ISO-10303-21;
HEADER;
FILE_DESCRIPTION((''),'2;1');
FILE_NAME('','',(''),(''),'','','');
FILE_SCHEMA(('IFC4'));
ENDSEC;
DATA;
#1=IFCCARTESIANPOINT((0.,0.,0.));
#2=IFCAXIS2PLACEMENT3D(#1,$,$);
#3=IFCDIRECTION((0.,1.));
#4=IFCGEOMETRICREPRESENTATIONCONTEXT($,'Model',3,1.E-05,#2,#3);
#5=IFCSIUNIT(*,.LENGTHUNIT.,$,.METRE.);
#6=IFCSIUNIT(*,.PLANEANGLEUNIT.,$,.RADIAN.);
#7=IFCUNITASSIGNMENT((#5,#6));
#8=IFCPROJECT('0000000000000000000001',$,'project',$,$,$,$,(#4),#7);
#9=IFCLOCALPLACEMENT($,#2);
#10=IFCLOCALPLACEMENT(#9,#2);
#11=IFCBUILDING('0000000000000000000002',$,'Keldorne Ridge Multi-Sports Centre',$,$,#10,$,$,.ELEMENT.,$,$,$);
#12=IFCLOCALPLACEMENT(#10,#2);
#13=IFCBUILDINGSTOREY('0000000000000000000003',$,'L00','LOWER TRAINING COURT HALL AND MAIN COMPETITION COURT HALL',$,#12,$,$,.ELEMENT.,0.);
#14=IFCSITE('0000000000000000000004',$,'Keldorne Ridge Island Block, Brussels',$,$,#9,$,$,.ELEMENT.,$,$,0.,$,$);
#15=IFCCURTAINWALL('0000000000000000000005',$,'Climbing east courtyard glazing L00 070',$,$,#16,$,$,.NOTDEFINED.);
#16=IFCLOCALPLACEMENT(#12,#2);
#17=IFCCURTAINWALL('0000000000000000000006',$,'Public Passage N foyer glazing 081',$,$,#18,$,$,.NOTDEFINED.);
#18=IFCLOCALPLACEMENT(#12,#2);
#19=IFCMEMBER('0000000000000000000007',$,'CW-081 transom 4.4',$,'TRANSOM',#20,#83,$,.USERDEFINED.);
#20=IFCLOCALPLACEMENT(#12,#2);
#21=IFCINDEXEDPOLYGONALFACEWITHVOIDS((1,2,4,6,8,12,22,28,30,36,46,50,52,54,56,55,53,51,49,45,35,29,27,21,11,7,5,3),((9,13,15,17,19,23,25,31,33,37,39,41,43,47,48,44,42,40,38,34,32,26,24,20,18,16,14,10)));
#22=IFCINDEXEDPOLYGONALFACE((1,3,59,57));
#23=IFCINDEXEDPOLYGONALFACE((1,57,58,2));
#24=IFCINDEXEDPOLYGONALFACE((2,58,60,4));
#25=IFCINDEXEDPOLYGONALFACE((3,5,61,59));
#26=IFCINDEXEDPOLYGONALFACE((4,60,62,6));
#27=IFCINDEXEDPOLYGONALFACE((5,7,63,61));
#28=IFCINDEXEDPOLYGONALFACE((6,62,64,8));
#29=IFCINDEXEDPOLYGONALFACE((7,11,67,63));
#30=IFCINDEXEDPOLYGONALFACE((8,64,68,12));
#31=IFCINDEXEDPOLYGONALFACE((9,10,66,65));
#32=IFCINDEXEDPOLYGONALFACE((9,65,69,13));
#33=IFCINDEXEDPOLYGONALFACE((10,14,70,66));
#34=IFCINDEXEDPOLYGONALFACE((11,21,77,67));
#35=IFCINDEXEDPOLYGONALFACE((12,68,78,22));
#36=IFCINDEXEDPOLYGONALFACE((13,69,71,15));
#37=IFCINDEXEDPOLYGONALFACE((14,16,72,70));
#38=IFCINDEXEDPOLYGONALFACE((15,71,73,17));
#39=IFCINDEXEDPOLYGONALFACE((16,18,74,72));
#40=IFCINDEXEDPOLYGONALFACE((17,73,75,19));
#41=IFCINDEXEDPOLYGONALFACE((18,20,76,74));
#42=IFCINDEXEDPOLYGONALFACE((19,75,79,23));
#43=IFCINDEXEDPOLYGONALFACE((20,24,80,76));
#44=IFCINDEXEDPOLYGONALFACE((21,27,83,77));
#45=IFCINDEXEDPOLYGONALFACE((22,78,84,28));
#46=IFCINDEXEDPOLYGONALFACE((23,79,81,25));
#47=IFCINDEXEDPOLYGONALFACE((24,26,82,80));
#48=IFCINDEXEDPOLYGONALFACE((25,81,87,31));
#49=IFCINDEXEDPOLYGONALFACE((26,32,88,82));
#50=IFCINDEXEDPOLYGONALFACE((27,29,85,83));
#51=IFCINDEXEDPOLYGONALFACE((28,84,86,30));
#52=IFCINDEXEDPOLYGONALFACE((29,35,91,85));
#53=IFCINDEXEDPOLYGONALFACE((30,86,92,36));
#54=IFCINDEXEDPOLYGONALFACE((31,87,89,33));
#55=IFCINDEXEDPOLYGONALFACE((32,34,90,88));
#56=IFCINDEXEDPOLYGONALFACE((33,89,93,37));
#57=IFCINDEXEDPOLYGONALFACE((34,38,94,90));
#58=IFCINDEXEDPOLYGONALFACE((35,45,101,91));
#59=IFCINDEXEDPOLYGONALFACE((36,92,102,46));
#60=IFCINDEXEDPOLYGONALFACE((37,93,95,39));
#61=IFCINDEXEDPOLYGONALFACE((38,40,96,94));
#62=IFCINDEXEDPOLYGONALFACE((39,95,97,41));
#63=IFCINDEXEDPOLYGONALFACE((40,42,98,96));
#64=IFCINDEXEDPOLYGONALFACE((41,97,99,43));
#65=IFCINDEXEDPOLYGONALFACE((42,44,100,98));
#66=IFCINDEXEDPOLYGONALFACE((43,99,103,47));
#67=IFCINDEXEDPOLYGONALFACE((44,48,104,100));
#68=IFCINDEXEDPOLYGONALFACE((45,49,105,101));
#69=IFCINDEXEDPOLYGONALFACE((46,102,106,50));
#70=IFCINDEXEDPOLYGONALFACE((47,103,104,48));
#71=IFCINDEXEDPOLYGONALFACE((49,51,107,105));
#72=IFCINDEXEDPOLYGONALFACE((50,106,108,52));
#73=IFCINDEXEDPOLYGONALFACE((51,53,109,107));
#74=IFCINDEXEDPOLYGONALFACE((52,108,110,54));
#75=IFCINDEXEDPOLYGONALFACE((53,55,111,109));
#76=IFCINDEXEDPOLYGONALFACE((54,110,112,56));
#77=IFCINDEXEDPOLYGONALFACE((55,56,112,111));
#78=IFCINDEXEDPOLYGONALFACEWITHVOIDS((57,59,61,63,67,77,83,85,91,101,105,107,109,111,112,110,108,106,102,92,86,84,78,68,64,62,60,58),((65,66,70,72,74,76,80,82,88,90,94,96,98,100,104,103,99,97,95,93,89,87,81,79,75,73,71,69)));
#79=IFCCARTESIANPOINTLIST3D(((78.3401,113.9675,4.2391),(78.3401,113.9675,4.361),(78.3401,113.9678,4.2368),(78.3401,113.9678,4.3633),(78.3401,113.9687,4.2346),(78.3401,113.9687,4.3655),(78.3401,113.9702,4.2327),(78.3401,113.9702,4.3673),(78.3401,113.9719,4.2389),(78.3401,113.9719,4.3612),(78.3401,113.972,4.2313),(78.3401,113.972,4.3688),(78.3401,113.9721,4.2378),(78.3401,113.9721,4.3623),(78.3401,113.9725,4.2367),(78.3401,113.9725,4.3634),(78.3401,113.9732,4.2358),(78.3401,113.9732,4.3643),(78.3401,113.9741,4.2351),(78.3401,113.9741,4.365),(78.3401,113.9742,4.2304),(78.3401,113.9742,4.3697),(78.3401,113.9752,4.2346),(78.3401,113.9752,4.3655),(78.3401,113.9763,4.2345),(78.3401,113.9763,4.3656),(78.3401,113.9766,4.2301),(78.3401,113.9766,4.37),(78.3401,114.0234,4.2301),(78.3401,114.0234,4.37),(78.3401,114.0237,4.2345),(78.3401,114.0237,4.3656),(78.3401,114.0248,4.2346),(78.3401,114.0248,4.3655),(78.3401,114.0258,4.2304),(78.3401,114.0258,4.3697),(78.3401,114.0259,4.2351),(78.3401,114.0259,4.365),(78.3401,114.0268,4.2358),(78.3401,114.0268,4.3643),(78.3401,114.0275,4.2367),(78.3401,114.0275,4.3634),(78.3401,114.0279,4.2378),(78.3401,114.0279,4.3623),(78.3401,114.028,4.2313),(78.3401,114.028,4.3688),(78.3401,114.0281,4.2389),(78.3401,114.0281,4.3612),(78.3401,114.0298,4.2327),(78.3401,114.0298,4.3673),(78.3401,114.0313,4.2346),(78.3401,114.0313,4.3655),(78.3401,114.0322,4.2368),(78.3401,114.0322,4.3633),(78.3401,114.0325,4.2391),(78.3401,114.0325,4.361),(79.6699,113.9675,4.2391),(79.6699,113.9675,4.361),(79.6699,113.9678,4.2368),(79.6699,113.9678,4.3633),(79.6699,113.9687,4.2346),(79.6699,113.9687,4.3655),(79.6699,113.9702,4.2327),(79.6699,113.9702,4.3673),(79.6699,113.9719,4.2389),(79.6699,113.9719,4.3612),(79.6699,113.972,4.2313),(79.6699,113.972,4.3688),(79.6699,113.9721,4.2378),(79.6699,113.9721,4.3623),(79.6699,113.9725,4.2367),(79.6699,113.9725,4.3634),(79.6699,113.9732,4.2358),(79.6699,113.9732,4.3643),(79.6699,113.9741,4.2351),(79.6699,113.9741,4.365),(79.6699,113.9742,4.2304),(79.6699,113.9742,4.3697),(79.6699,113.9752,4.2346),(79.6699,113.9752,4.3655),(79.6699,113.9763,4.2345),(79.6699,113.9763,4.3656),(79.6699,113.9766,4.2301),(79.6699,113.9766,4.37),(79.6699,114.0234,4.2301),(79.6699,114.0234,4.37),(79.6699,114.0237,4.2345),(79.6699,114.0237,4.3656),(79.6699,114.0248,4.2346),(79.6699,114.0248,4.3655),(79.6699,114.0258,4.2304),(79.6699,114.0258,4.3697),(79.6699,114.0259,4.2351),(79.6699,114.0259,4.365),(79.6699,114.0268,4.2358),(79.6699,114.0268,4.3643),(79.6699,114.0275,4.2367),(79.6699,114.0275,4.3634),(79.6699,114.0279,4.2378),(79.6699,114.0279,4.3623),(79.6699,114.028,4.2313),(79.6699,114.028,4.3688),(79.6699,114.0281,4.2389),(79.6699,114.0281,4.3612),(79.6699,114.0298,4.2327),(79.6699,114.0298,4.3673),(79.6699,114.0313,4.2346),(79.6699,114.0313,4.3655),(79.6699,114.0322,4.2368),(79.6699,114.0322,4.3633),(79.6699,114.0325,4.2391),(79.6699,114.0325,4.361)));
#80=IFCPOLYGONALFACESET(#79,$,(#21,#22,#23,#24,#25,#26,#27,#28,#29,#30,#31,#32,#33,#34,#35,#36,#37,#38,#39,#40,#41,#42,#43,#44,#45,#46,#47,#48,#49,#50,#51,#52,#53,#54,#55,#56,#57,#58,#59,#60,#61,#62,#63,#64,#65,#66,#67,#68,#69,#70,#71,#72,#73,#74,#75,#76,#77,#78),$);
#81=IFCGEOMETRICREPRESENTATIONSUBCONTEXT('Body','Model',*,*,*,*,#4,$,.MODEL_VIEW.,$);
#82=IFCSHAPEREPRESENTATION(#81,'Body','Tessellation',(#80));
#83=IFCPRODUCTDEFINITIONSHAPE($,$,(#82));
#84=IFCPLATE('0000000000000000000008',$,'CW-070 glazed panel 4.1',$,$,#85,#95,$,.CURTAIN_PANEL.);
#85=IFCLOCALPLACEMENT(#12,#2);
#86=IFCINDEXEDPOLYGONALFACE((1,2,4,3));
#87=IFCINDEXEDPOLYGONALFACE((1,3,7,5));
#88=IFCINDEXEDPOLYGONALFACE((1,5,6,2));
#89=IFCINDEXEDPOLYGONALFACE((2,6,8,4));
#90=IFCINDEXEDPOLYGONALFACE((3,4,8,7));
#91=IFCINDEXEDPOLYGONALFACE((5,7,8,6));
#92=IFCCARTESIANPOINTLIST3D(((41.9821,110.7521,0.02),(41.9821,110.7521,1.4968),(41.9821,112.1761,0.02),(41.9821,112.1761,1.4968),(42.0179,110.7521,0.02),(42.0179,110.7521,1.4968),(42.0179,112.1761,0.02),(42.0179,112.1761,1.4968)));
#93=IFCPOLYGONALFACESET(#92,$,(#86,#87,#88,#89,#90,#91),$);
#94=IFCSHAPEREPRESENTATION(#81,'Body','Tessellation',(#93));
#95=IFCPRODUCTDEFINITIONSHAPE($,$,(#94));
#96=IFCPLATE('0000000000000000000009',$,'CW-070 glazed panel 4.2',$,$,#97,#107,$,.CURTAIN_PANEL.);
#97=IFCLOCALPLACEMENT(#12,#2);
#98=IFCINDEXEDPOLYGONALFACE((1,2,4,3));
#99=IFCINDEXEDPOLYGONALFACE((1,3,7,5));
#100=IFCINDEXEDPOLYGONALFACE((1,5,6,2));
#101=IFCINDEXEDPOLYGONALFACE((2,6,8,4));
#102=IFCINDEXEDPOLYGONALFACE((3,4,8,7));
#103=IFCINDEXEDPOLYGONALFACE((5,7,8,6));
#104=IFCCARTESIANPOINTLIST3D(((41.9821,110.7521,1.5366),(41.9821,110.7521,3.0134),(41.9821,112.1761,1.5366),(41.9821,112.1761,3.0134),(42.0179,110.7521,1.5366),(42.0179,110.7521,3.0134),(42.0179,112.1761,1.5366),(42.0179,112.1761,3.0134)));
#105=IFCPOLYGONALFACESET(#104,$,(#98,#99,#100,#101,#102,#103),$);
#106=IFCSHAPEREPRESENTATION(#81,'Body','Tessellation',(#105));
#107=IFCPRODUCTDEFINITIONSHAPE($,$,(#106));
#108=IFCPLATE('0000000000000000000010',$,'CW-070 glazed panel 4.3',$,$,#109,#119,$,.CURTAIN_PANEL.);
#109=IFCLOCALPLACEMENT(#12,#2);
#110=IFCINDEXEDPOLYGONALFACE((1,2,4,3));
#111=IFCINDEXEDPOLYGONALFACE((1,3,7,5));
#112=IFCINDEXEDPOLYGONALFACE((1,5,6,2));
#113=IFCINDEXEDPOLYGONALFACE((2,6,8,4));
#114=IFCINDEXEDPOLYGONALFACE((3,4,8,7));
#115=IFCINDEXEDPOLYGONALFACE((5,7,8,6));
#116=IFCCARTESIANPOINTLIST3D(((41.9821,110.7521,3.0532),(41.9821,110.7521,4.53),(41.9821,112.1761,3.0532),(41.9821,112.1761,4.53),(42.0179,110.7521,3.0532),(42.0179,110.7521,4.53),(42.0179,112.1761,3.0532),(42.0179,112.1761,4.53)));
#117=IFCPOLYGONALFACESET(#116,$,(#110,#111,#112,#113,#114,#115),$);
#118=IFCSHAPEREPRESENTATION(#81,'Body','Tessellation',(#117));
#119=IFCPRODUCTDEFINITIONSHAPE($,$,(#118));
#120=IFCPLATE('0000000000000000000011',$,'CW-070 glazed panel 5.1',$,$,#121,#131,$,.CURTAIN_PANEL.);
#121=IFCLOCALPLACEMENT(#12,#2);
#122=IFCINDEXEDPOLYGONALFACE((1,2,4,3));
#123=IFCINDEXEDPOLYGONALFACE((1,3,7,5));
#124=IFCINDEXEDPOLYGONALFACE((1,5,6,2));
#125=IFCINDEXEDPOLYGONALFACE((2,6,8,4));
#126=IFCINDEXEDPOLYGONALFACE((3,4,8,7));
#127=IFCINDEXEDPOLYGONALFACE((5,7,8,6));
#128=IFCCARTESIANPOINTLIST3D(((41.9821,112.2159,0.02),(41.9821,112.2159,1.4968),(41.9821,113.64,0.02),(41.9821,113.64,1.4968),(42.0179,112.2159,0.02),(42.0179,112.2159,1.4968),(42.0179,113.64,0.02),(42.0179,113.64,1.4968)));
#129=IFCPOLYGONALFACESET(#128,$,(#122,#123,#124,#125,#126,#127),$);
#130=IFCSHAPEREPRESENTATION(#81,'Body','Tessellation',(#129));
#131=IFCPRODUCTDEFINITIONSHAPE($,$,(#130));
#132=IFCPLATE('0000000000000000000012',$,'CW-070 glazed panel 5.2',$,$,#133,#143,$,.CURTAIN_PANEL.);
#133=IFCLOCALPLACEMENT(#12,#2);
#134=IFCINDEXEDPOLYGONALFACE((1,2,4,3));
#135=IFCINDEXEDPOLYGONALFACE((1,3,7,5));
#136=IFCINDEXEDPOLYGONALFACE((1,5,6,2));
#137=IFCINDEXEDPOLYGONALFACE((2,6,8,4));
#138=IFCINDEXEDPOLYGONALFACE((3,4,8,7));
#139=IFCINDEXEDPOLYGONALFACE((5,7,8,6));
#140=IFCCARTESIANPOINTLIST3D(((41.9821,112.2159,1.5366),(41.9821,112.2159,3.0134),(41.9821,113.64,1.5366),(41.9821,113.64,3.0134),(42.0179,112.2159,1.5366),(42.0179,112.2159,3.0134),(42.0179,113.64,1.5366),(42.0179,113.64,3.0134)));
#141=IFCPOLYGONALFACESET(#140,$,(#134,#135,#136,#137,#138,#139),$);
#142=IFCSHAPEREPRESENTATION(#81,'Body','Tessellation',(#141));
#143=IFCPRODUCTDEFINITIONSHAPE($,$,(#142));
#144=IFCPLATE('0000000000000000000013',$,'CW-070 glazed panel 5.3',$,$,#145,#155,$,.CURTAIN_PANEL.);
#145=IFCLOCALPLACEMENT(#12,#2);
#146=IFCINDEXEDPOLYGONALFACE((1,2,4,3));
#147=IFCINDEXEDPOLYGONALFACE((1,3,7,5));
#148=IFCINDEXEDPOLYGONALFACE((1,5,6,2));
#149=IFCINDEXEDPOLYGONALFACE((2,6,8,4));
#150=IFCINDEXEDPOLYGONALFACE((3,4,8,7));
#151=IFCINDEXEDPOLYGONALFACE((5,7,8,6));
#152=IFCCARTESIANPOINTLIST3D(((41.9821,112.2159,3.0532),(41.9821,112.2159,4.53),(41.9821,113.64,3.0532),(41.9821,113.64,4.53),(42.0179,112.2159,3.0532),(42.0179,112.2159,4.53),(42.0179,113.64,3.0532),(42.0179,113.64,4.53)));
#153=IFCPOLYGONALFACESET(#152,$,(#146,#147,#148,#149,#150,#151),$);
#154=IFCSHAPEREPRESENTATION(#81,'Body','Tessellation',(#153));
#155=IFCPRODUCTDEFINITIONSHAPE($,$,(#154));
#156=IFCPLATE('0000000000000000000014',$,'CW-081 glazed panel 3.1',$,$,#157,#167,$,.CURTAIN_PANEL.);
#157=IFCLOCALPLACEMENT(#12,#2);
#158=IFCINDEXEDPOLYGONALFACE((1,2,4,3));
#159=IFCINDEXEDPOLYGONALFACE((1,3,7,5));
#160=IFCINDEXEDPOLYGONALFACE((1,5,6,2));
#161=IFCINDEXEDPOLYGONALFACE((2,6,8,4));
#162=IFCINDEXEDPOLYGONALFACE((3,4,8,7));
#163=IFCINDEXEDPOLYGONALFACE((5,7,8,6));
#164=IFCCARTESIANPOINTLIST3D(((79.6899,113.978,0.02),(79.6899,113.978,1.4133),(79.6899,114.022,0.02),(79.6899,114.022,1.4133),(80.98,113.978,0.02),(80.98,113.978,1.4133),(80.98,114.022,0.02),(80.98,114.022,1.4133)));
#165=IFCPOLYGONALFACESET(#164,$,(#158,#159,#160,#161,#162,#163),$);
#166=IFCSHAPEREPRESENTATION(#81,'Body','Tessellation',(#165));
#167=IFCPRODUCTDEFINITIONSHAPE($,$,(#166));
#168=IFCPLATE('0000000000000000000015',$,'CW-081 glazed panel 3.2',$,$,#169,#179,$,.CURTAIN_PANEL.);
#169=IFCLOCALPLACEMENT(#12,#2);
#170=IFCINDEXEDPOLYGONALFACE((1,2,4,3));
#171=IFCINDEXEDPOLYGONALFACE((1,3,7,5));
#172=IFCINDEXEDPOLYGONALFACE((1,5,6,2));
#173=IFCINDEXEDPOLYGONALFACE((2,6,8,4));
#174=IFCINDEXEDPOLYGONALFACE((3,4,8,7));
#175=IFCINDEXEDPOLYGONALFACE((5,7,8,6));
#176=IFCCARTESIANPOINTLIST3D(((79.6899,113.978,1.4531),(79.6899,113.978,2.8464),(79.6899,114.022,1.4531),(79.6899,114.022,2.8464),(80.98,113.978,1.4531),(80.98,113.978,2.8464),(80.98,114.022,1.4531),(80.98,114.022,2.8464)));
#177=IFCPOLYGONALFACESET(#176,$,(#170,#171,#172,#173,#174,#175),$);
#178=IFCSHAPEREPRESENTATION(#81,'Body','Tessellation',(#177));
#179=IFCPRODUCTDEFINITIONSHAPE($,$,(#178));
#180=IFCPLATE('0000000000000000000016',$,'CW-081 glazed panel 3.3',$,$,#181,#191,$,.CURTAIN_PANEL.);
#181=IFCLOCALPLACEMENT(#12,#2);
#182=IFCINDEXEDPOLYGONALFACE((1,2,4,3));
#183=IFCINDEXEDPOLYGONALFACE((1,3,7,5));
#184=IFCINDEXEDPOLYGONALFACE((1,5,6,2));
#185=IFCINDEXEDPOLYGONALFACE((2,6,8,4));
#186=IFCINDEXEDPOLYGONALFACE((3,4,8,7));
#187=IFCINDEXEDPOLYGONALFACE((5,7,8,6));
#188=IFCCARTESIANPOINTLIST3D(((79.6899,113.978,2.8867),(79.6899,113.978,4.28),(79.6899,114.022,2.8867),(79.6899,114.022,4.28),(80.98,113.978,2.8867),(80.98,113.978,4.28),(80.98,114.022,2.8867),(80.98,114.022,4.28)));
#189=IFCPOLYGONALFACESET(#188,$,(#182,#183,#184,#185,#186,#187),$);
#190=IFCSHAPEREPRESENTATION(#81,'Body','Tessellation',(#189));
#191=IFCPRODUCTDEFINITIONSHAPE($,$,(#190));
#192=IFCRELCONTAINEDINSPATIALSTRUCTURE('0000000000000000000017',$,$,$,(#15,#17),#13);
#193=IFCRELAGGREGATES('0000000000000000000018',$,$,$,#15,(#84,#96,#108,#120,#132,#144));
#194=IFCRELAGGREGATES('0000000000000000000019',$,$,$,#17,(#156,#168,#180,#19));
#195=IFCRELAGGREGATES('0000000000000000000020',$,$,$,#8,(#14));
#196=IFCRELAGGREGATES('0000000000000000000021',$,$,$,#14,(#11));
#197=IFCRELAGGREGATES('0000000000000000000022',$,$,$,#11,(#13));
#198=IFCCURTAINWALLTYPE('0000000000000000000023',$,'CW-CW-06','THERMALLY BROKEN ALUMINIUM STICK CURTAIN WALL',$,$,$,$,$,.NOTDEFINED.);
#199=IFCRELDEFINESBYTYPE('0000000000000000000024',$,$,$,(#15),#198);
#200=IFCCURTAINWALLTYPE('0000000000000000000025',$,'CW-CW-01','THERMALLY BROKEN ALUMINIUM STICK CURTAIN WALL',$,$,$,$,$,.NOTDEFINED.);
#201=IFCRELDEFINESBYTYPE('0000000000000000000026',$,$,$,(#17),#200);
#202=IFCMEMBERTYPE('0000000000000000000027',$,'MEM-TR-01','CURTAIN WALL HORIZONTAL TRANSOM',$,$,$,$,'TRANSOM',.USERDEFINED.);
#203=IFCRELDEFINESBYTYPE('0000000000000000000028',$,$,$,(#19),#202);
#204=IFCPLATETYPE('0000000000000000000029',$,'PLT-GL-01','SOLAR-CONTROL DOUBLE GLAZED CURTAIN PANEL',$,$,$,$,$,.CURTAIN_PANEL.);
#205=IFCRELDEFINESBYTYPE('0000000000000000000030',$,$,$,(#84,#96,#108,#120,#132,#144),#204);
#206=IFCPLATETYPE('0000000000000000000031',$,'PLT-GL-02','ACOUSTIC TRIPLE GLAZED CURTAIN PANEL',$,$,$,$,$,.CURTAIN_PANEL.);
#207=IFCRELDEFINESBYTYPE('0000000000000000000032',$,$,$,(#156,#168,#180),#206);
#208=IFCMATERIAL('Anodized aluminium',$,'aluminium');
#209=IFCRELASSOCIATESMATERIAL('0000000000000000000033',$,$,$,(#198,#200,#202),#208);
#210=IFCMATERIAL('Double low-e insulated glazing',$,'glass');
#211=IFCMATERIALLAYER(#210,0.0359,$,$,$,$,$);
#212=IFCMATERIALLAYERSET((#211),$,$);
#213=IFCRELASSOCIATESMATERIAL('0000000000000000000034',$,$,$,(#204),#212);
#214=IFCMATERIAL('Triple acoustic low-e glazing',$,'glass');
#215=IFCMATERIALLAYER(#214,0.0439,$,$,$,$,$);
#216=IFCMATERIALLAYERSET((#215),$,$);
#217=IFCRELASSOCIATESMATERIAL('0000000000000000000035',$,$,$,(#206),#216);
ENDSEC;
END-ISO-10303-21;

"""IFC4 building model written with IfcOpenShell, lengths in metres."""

from ifc_helpers import new_model, si_unit, direction, frame, origin, origin_2d, place, context, subcontext, project, spatial, rectangle, hollow_rectangle, extrude, material, layer, layer_set, material_profile, profile_set, type_object, element, aggregate, save


model = new_model("IFC4")

# Units and contexts
model_context = context("Model", 3, precision=1e-05, world=origin(), true_north=direction((0.0, 1.0)))
body_context = subcontext(model_context, "Body", "Model", "MODEL_VIEW")
ifc_project = project(units=[si_unit("LENGTHUNIT", "METRE"), si_unit("PLANEANGLEUNIT", "RADIAN")], contexts=[model_context])

# Site, building, storey
site_placement = place(None, origin())
site = spatial("IfcSite", under=ifc_project, at=site_placement, Name="Keldorne Ridge Island Block, Brussels", CompositionType="ELEMENT", RefElevation=0.0)
building_placement = place(site_placement, origin())
building = spatial("IfcBuilding", under=site, at=building_placement, Name="Keldorne Ridge Multi-Sports Centre", CompositionType="ELEMENT")
storey_placement = place(building_placement, origin())
storey = spatial("IfcBuildingStorey", under=building, at=storey_placement, Name="L00", Description="LOWER TRAINING COURT HALL AND MAIN COMPETITION COURT HALL", CompositionType="ELEMENT", Elevation=0.0)

# Curtain walls
ifc_material_1 = material(Name="Anodized aluminium", Category="aluminium")
curtain_wall_type_1 = type_object("IfcCurtainWallType", Name="CW-CW-06", Description="THERMALLY BROKEN ALUMINIUM STICK CURTAIN WALL", PredefinedType="NOTDEFINED", material=ifc_material_1)
curtain_wall_1_placement = place(storey_placement, origin())
curtain_wall_1 = element("IfcCurtainWall", 1, at=curtain_wall_1_placement, inside=storey, type_object=curtain_wall_type_1, Name="Climbing east courtyard glazing L00 070", PredefinedType="NOTDEFINED")
curtain_wall_type_2 = type_object("IfcCurtainWallType", Name="CW-CW-01", Description="THERMALLY BROKEN ALUMINIUM STICK CURTAIN WALL", PredefinedType="NOTDEFINED", material=ifc_material_1)
curtain_wall_2_placement = place(storey_placement, origin())
curtain_wall_2 = element("IfcCurtainWall", 2, at=curtain_wall_2_placement, inside=storey, type_object=curtain_wall_type_2, Name="Public Passage N foyer glazing 081", PredefinedType="NOTDEFINED")

# Member
ifc_material_profile_1 = material_profile(ifc_material_1, hollow_rectangle(XDim=0.0649, YDim=0.1399, WallThickness=0.0044, InnerFilletRadius=0.0044, OuterFilletRadius=0.009, at=origin_2d()), Name="ALU TRANSOM 140x65x4.5")
ifc_profile_set_1 = profile_set([ifc_material_profile_1], Name="Anodized aluminium")
member_type_1 = type_object("IfcMemberType", Name="MEM-TR-01", Description="CURTAIN WALL HORIZONTAL TRANSOM", ElementType="TRANSOM", PredefinedType="USERDEFINED", material=ifc_profile_set_1)
member_1_placement = place(storey_placement, frame((79.6699, 114.0, 4.3), z_axis=(-1.0, 0.0, 0.0), x_axis=(0.0, -1.0, 0.0)))
member_1 = element("IfcMember", 3, at=member_1_placement, type_object=member_type_1, Name="CW-081 transom 4.4", ObjectType="TRANSOM", PredefinedType="USERDEFINED", context=body_context, shape_type="SweptSolid", body=[
    extrude(hollow_rectangle(XDim=0.0649, YDim=0.1399, WallThickness=0.0044, InnerFilletRadius=0.0044, OuterFilletRadius=0.009, at=origin_2d()), origin(), (0.0, 0.0, 1.0), 1.3298),
])

# Plates
ifc_material_2 = material(Name="Double low-e insulated glazing", Category="glass")
ifc_layer_1 = layer(ifc_material_2, 0.0359)
ifc_layer_set_1 = layer_set([ifc_layer_1])
plate_type_1 = type_object("IfcPlateType", Name="PLT-GL-01", Description="SOLAR-CONTROL DOUBLE GLAZED CURTAIN PANEL", PredefinedType="CURTAIN_PANEL", material=ifc_layer_set_1)
plate_1_placement = place(storey_placement, frame((42.0, 111.4641, 0.02), z_axis=(0.0, 0.0, 1.0), x_axis=(0.0, 1.0, 0.0)))
plate_1 = element("IfcPlate", 4, at=plate_1_placement, type_object=plate_type_1, Name="CW-070 glazed panel 4.1", PredefinedType="CURTAIN_PANEL", context=body_context, shape_type="SweptSolid", body=[
    extrude(rectangle(XDim=1.4241, YDim=0.0359, at=origin_2d()), origin(), (0.0, 0.0, 1.0), 1.4768),
])
plate_2_placement = place(storey_placement, frame((42.0, 111.4641, 1.5366), z_axis=(0.0, 0.0, 1.0), x_axis=(0.0, 1.0, 0.0)))
plate_2 = element("IfcPlate", 5, at=plate_2_placement, type_object=plate_type_1, Name="CW-070 glazed panel 4.2", PredefinedType="CURTAIN_PANEL", context=body_context, shape_type="SweptSolid", body=[
    extrude(rectangle(XDim=1.4241, YDim=0.0359, at=origin_2d()), origin(), (0.0, 0.0, 1.0), 1.4768),
])
plate_3_placement = place(storey_placement, frame((42.0, 111.4641, 3.0532), z_axis=(0.0, 0.0, 1.0), x_axis=(0.0, 1.0, 0.0)))
plate_3 = element("IfcPlate", 6, at=plate_3_placement, type_object=plate_type_1, Name="CW-070 glazed panel 4.3", PredefinedType="CURTAIN_PANEL", context=body_context, shape_type="SweptSolid", body=[
    extrude(rectangle(XDim=1.4241, YDim=0.0359, at=origin_2d()), origin(), (0.0, 0.0, 1.0), 1.4768),
])
plate_4_placement = place(storey_placement, frame((42.0, 112.928, 0.02), z_axis=(0.0, 0.0, 1.0), x_axis=(0.0, 1.0, 0.0)))
plate_4 = element("IfcPlate", 7, at=plate_4_placement, type_object=plate_type_1, Name="CW-070 glazed panel 5.1", PredefinedType="CURTAIN_PANEL", context=body_context, shape_type="SweptSolid", body=[
    extrude(rectangle(XDim=1.4241, YDim=0.0359, at=origin_2d()), origin(), (0.0, 0.0, 1.0), 1.4768),
])
plate_5_placement = place(storey_placement, frame((42.0, 112.928, 1.5366), z_axis=(0.0, 0.0, 1.0), x_axis=(0.0, 1.0, 0.0)))
plate_5 = element("IfcPlate", 8, at=plate_5_placement, type_object=plate_type_1, Name="CW-070 glazed panel 5.2", PredefinedType="CURTAIN_PANEL", context=body_context, shape_type="SweptSolid", body=[
    extrude(rectangle(XDim=1.4241, YDim=0.0359, at=origin_2d()), origin(), (0.0, 0.0, 1.0), 1.4768),
])
plate_6_placement = place(storey_placement, frame((42.0, 112.928, 3.0532), z_axis=(0.0, 0.0, 1.0), x_axis=(0.0, 1.0, 0.0)))
plate_6 = element("IfcPlate", 9, at=plate_6_placement, type_object=plate_type_1, Name="CW-070 glazed panel 5.3", PredefinedType="CURTAIN_PANEL", context=body_context, shape_type="SweptSolid", body=[
    extrude(rectangle(XDim=1.4241, YDim=0.0359, at=origin_2d()), origin(), (0.0, 0.0, 1.0), 1.4768),
])
aggregate(curtain_wall_1, [plate_1, plate_2, plate_3, plate_4, plate_5, plate_6])
ifc_material_3 = material(Name="Triple acoustic low-e glazing", Category="glass")
ifc_layer_2 = layer(ifc_material_3, 0.0439)
ifc_layer_set_2 = layer_set([ifc_layer_2])
plate_type_2 = type_object("IfcPlateType", Name="PLT-GL-02", Description="ACOUSTIC TRIPLE GLAZED CURTAIN PANEL", PredefinedType="CURTAIN_PANEL", material=ifc_layer_set_2)
plate_7_placement = place(storey_placement, frame((80.335, 114.0, 0.02), z_axis=(0.0, 0.0, 1.0), x_axis=(-1.0, 0.0, 0.0)))
plate_7 = element("IfcPlate", 10, at=plate_7_placement, type_object=plate_type_2, Name="CW-081 glazed panel 3.1", PredefinedType="CURTAIN_PANEL", context=body_context, shape_type="SweptSolid", body=[
    extrude(rectangle(XDim=1.29, YDim=0.0439, at=origin_2d()), origin(), (0.0, 0.0, 1.0), 1.3933),
])
plate_8_placement = place(storey_placement, frame((80.335, 114.0, 1.4531), z_axis=(0.0, 0.0, 1.0), x_axis=(-1.0, 0.0, 0.0)))
plate_8 = element("IfcPlate", 11, at=plate_8_placement, type_object=plate_type_2, Name="CW-081 glazed panel 3.2", PredefinedType="CURTAIN_PANEL", context=body_context, shape_type="SweptSolid", body=[
    extrude(rectangle(XDim=1.29, YDim=0.0439, at=origin_2d()), origin(), (0.0, 0.0, 1.0), 1.3933),
])
plate_9_placement = place(storey_placement, frame((80.335, 114.0, 2.8867), z_axis=(0.0, 0.0, 1.0), x_axis=(-1.0, 0.0, 0.0)))
plate_9 = element("IfcPlate", 12, at=plate_9_placement, type_object=plate_type_2, Name="CW-081 glazed panel 3.3", PredefinedType="CURTAIN_PANEL", context=body_context, shape_type="SweptSolid", body=[
    extrude(rectangle(XDim=1.29, YDim=0.0439, at=origin_2d()), origin(), (0.0, 0.0, 1.0), 1.3933),
])
aggregate(curtain_wall_2, [plate_7, plate_8, plate_9, member_1])

save(model, "model.ifc")
